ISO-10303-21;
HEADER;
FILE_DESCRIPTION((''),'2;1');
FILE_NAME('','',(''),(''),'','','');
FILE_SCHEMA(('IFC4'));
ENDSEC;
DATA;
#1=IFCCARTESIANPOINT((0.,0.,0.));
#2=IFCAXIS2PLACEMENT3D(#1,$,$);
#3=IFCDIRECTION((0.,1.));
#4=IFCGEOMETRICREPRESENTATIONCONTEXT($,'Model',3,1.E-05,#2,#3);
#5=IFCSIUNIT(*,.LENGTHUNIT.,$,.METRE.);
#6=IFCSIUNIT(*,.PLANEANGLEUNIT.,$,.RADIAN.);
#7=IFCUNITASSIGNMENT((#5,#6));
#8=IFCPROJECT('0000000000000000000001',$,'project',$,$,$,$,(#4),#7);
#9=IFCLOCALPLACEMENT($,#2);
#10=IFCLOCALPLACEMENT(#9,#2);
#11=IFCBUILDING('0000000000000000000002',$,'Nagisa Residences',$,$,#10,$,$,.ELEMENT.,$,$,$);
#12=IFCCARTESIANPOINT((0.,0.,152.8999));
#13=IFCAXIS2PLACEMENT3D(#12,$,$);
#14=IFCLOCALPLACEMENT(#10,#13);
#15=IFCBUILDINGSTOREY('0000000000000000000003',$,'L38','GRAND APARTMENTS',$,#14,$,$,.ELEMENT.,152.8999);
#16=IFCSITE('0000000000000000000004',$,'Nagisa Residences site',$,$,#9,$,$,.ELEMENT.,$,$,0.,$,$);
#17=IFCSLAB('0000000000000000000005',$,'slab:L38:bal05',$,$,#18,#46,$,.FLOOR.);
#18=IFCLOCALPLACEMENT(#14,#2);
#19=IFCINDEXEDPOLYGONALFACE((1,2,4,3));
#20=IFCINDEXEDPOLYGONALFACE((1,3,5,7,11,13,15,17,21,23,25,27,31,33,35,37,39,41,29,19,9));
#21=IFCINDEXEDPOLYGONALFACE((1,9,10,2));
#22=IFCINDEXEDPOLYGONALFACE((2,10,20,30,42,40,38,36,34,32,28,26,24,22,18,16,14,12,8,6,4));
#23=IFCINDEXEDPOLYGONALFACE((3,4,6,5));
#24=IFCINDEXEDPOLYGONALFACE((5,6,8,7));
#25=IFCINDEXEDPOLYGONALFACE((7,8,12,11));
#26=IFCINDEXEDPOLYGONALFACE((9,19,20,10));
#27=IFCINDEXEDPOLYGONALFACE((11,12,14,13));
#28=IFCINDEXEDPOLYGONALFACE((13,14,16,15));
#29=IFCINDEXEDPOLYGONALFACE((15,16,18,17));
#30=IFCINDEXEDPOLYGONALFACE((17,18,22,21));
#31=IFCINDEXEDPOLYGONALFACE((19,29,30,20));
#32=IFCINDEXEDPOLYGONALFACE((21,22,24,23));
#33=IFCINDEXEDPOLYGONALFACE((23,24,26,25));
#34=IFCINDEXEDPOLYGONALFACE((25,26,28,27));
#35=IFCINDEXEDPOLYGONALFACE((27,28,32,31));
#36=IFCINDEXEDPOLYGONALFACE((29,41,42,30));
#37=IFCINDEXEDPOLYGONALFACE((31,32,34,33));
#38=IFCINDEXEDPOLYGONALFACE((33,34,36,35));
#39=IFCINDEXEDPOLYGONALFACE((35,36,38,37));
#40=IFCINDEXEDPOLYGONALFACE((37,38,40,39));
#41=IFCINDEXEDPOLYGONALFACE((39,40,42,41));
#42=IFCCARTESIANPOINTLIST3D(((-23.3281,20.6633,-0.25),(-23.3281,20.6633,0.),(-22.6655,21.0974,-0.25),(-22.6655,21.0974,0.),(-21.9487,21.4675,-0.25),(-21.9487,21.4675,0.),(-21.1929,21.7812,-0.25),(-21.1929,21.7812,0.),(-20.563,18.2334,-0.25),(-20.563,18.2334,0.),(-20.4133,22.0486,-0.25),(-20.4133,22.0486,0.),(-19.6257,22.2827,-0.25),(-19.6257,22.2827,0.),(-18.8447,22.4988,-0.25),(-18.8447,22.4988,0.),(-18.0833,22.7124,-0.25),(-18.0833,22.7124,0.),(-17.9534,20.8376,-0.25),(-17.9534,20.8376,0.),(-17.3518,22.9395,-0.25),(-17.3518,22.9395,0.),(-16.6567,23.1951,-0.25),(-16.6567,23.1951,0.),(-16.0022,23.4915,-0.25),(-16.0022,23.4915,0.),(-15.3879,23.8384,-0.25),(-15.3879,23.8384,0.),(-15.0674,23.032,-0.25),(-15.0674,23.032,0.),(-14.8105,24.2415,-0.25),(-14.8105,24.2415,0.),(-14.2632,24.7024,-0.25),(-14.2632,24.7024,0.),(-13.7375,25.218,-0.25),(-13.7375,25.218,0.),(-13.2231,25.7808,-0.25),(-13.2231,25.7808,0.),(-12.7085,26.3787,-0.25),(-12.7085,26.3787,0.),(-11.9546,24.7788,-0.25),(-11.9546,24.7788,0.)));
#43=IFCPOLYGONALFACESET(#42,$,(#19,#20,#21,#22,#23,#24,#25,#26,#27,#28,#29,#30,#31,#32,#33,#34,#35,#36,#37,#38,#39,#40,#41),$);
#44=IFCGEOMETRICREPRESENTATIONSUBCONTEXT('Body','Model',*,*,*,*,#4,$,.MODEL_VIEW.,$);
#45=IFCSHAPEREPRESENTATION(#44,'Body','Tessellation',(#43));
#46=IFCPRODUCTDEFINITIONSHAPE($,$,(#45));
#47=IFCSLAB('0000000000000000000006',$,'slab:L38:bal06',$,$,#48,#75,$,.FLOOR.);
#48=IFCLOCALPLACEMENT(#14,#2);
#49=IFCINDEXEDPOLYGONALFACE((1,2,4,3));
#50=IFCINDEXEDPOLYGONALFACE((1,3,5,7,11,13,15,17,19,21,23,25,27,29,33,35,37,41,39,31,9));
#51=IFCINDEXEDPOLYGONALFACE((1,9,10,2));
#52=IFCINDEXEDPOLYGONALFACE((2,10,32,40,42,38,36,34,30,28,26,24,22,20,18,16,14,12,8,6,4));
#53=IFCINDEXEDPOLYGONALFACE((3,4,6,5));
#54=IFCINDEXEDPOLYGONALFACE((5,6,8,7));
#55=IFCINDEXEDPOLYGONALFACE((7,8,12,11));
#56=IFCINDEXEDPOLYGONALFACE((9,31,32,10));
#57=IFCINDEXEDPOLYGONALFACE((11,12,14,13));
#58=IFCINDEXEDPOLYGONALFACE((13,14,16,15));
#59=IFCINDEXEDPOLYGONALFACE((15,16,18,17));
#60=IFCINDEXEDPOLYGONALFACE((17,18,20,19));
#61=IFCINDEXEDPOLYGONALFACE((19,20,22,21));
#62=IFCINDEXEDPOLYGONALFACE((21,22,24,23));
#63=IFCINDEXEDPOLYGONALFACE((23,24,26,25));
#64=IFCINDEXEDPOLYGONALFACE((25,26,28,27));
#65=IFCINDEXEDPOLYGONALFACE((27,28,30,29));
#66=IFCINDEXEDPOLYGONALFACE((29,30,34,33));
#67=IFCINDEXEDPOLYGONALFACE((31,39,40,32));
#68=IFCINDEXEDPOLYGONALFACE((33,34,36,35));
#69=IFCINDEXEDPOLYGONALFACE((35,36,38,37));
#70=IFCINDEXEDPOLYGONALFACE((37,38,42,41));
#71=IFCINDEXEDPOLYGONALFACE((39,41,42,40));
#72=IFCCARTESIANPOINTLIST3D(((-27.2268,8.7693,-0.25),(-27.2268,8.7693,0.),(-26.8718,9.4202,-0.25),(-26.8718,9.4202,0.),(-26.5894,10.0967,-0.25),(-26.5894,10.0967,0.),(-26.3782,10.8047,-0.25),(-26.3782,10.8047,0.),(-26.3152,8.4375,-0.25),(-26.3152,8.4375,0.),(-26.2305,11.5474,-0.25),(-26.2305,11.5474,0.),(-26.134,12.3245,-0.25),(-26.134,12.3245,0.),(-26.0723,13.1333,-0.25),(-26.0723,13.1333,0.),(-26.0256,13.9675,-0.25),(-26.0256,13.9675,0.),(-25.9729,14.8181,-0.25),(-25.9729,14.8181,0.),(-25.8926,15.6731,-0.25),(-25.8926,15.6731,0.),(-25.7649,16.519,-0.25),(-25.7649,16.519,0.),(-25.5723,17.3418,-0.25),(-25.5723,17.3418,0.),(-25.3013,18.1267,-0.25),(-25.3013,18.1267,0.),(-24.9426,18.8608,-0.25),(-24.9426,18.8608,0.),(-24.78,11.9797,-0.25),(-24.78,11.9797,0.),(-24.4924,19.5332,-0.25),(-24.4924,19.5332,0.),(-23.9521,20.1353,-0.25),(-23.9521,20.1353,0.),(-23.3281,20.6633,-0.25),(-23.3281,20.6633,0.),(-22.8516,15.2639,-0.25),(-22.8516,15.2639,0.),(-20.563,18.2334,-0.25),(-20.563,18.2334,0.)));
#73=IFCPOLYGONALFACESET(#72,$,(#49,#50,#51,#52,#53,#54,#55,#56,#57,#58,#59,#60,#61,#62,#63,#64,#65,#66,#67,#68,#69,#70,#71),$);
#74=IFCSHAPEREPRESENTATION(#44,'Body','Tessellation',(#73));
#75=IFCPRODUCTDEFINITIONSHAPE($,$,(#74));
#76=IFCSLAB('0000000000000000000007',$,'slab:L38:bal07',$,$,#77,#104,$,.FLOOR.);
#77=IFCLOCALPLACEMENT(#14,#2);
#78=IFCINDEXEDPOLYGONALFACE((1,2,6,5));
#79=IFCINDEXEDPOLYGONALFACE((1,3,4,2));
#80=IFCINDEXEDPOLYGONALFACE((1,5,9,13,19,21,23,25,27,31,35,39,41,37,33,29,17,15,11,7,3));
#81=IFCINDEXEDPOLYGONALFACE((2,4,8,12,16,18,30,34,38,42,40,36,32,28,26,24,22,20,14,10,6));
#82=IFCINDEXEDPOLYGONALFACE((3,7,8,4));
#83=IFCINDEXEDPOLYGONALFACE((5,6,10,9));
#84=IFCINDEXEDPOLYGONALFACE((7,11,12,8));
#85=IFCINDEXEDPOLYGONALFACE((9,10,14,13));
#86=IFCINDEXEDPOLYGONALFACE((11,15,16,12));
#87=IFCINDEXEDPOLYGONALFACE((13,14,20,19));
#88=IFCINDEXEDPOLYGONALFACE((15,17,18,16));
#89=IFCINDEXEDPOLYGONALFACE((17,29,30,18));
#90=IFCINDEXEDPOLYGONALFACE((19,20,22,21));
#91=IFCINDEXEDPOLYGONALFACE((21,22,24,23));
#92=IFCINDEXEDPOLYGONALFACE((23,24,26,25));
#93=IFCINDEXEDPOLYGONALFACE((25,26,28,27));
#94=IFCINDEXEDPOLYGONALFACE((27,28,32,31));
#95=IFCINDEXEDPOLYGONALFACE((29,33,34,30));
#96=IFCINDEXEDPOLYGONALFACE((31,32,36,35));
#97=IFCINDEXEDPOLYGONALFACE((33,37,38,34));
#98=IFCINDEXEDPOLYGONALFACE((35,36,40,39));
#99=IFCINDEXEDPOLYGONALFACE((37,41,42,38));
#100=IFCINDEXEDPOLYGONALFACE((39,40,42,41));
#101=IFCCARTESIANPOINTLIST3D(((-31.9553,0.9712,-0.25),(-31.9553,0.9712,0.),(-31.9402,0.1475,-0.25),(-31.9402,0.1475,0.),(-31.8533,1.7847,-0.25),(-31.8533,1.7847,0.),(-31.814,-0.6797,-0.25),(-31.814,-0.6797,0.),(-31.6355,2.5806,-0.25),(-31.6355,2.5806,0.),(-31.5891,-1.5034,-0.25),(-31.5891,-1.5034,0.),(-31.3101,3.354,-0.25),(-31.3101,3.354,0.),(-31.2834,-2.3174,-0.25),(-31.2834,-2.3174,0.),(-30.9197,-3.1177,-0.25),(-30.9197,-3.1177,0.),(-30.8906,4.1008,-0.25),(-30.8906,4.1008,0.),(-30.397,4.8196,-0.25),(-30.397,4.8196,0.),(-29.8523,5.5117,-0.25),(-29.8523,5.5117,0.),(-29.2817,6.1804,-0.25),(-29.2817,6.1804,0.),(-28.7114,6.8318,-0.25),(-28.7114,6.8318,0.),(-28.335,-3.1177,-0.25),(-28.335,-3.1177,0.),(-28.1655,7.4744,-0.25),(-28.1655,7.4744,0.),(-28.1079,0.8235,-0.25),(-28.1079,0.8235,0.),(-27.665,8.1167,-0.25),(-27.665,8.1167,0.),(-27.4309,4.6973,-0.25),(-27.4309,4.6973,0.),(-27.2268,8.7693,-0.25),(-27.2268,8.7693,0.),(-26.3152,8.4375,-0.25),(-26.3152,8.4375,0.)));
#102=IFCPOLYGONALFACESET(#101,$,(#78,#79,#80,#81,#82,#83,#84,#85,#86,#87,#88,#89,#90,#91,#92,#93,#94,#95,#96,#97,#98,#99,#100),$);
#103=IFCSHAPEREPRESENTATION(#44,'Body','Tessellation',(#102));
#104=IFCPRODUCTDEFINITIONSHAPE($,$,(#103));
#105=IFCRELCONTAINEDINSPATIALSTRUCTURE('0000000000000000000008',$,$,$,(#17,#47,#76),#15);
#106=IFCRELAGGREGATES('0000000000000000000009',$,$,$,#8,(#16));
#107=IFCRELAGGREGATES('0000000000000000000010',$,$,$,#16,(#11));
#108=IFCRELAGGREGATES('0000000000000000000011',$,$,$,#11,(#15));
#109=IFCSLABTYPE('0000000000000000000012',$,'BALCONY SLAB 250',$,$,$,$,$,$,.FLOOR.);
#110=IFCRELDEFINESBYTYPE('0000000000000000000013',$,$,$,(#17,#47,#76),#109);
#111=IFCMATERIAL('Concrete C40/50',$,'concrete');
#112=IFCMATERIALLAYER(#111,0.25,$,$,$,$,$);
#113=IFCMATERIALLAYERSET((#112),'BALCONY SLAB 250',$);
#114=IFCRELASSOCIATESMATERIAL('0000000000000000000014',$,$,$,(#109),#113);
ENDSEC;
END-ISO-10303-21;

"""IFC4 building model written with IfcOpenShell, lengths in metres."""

from ifc_helpers import new_model, si_unit, direction, frame, origin, place, context, subcontext, project, spatial, polyline, outline, extrude, material, layer, layer_set, type_object, element, save


model = new_model("IFC4")

# Units and contexts
model_context = context("Model", 3, precision=1e-05, world=origin(), true_north=direction((0.0, 1.0)))
body_context = subcontext(model_context, "Body", "Model", "MODEL_VIEW")
ifc_project = project(units=[si_unit("LENGTHUNIT", "METRE"), si_unit("PLANEANGLEUNIT", "RADIAN")], contexts=[model_context])

# Site, building, storey
site_placement = place(None, origin())
site = spatial("IfcSite", under=ifc_project, at=site_placement, Name="Nagisa Residences site", CompositionType="ELEMENT", RefElevation=0.0)
building_placement = place(site_placement, origin())
building = spatial("IfcBuilding", under=site, at=building_placement, Name="Nagisa Residences", CompositionType="ELEMENT")
storey_placement = place(building_placement, frame((0.0, 0.0, 152.8999)))
storey = spatial("IfcBuildingStorey", under=building, at=storey_placement, Name="L38", Description="GRAND APARTMENTS", CompositionType="ELEMENT", Elevation=152.8999)

# Slabs
ifc_material_1 = material(Name="Concrete C40/50", Category="concrete")
ifc_layer_1 = layer(ifc_material_1, 0.25)
ifc_layer_set_1 = layer_set([ifc_layer_1], Name="BALCONY SLAB 250")
slab_type_1 = type_object("IfcSlabType", Name="BALCONY SLAB 250", PredefinedType="FLOOR", material=ifc_layer_set_1)
slab_1_placement = place(storey_placement, frame((0.0, 0.0, -0.25)))
element("IfcSlab", 1, at=slab_1_placement, inside=storey, type_object=slab_type_1, Name="slab:L38:bal05", PredefinedType="FLOOR", context=body_context, shape_type="SweptSolid", body=[
    extrude(outline(polyline([(-12.7085, 26.3787), (-13.2231, 25.7808), (-13.7375, 25.218), (-14.2632, 24.7024), (-14.8105, 24.2415), (-15.3879, 23.8384), (-16.0022, 23.4915), (-16.6567, 23.1951), (-17.3518, 22.9395), (-18.0833, 22.7124), (-18.8447, 22.4988), (-19.6257, 22.2827), (-20.4133, 22.0486), (-21.1929, 21.7812), (-21.9487, 21.4675), (-22.6655, 21.0974), (-23.3281, 20.6633), (-20.563, 18.2334), (-17.9534, 20.8376), (-15.0674, 23.032), (-11.9546, 24.7788), (-12.7085, 26.3787)])), origin(), (0.0, 0.0, 1.0), 0.25),
])
slab_2_placement = place(storey_placement, frame((0.0, 0.0, -0.25)))
element("IfcSlab", 2, at=slab_2_placement, inside=storey, type_object=slab_type_1, Name="slab:L38:bal06", PredefinedType="FLOOR", context=body_context, shape_type="SweptSolid", body=[
    extrude(outline(polyline([(-23.3281, 20.6633), (-23.9521, 20.1353), (-24.4924, 19.5332), (-24.9426, 18.8608), (-25.3013, 18.1267), (-25.5723, 17.3418), (-25.7649, 16.519), (-25.8926, 15.6731), (-25.9729, 14.8181), (-26.0256, 13.9675), (-26.0723, 13.1333), (-26.134, 12.3245), (-26.2305, 11.5474), (-26.3782, 10.8047), (-26.5894, 10.0967), (-26.8718, 9.4202), (-27.2268, 8.7693), (-26.3152, 8.4375), (-24.78, 11.9797), (-22.8516, 15.2639), (-20.563, 18.2334), (-23.3281, 20.6633)])), origin(), (0.0, 0.0, 1.0), 0.25),
])
slab_3_placement = place(storey_placement, frame((0.0, 0.0, -0.25)))
element("IfcSlab", 3, at=slab_3_placement, inside=storey, type_object=slab_type_1, Name="slab:L38:bal07", PredefinedType="FLOOR", context=body_context, shape_type="SweptSolid", body=[
    extrude(outline(polyline([(-27.2268, 8.7693), (-27.665, 8.1167), (-28.1655, 7.4744), (-28.7114, 6.8318), (-29.2817, 6.1804), (-29.8523, 5.5117), (-30.397, 4.8196), (-30.8906, 4.1008), (-31.3101, 3.354), (-31.6355, 2.5806), (-31.8533, 1.7847), (-31.9553, 0.9712), (-31.9402, 0.1475), (-31.814, -0.6797), (-31.5891, -1.5034), (-31.2834, -2.3174), (-30.9197, -3.1177), (-28.335, -3.1177), (-28.1079, 0.8235), (-27.4309, 4.6973), (-26.3152, 8.4375), (-27.2268, 8.7693)])), origin(), (0.0, 0.0, 1.0), 0.25),
])

save(model, "model.ifc")
